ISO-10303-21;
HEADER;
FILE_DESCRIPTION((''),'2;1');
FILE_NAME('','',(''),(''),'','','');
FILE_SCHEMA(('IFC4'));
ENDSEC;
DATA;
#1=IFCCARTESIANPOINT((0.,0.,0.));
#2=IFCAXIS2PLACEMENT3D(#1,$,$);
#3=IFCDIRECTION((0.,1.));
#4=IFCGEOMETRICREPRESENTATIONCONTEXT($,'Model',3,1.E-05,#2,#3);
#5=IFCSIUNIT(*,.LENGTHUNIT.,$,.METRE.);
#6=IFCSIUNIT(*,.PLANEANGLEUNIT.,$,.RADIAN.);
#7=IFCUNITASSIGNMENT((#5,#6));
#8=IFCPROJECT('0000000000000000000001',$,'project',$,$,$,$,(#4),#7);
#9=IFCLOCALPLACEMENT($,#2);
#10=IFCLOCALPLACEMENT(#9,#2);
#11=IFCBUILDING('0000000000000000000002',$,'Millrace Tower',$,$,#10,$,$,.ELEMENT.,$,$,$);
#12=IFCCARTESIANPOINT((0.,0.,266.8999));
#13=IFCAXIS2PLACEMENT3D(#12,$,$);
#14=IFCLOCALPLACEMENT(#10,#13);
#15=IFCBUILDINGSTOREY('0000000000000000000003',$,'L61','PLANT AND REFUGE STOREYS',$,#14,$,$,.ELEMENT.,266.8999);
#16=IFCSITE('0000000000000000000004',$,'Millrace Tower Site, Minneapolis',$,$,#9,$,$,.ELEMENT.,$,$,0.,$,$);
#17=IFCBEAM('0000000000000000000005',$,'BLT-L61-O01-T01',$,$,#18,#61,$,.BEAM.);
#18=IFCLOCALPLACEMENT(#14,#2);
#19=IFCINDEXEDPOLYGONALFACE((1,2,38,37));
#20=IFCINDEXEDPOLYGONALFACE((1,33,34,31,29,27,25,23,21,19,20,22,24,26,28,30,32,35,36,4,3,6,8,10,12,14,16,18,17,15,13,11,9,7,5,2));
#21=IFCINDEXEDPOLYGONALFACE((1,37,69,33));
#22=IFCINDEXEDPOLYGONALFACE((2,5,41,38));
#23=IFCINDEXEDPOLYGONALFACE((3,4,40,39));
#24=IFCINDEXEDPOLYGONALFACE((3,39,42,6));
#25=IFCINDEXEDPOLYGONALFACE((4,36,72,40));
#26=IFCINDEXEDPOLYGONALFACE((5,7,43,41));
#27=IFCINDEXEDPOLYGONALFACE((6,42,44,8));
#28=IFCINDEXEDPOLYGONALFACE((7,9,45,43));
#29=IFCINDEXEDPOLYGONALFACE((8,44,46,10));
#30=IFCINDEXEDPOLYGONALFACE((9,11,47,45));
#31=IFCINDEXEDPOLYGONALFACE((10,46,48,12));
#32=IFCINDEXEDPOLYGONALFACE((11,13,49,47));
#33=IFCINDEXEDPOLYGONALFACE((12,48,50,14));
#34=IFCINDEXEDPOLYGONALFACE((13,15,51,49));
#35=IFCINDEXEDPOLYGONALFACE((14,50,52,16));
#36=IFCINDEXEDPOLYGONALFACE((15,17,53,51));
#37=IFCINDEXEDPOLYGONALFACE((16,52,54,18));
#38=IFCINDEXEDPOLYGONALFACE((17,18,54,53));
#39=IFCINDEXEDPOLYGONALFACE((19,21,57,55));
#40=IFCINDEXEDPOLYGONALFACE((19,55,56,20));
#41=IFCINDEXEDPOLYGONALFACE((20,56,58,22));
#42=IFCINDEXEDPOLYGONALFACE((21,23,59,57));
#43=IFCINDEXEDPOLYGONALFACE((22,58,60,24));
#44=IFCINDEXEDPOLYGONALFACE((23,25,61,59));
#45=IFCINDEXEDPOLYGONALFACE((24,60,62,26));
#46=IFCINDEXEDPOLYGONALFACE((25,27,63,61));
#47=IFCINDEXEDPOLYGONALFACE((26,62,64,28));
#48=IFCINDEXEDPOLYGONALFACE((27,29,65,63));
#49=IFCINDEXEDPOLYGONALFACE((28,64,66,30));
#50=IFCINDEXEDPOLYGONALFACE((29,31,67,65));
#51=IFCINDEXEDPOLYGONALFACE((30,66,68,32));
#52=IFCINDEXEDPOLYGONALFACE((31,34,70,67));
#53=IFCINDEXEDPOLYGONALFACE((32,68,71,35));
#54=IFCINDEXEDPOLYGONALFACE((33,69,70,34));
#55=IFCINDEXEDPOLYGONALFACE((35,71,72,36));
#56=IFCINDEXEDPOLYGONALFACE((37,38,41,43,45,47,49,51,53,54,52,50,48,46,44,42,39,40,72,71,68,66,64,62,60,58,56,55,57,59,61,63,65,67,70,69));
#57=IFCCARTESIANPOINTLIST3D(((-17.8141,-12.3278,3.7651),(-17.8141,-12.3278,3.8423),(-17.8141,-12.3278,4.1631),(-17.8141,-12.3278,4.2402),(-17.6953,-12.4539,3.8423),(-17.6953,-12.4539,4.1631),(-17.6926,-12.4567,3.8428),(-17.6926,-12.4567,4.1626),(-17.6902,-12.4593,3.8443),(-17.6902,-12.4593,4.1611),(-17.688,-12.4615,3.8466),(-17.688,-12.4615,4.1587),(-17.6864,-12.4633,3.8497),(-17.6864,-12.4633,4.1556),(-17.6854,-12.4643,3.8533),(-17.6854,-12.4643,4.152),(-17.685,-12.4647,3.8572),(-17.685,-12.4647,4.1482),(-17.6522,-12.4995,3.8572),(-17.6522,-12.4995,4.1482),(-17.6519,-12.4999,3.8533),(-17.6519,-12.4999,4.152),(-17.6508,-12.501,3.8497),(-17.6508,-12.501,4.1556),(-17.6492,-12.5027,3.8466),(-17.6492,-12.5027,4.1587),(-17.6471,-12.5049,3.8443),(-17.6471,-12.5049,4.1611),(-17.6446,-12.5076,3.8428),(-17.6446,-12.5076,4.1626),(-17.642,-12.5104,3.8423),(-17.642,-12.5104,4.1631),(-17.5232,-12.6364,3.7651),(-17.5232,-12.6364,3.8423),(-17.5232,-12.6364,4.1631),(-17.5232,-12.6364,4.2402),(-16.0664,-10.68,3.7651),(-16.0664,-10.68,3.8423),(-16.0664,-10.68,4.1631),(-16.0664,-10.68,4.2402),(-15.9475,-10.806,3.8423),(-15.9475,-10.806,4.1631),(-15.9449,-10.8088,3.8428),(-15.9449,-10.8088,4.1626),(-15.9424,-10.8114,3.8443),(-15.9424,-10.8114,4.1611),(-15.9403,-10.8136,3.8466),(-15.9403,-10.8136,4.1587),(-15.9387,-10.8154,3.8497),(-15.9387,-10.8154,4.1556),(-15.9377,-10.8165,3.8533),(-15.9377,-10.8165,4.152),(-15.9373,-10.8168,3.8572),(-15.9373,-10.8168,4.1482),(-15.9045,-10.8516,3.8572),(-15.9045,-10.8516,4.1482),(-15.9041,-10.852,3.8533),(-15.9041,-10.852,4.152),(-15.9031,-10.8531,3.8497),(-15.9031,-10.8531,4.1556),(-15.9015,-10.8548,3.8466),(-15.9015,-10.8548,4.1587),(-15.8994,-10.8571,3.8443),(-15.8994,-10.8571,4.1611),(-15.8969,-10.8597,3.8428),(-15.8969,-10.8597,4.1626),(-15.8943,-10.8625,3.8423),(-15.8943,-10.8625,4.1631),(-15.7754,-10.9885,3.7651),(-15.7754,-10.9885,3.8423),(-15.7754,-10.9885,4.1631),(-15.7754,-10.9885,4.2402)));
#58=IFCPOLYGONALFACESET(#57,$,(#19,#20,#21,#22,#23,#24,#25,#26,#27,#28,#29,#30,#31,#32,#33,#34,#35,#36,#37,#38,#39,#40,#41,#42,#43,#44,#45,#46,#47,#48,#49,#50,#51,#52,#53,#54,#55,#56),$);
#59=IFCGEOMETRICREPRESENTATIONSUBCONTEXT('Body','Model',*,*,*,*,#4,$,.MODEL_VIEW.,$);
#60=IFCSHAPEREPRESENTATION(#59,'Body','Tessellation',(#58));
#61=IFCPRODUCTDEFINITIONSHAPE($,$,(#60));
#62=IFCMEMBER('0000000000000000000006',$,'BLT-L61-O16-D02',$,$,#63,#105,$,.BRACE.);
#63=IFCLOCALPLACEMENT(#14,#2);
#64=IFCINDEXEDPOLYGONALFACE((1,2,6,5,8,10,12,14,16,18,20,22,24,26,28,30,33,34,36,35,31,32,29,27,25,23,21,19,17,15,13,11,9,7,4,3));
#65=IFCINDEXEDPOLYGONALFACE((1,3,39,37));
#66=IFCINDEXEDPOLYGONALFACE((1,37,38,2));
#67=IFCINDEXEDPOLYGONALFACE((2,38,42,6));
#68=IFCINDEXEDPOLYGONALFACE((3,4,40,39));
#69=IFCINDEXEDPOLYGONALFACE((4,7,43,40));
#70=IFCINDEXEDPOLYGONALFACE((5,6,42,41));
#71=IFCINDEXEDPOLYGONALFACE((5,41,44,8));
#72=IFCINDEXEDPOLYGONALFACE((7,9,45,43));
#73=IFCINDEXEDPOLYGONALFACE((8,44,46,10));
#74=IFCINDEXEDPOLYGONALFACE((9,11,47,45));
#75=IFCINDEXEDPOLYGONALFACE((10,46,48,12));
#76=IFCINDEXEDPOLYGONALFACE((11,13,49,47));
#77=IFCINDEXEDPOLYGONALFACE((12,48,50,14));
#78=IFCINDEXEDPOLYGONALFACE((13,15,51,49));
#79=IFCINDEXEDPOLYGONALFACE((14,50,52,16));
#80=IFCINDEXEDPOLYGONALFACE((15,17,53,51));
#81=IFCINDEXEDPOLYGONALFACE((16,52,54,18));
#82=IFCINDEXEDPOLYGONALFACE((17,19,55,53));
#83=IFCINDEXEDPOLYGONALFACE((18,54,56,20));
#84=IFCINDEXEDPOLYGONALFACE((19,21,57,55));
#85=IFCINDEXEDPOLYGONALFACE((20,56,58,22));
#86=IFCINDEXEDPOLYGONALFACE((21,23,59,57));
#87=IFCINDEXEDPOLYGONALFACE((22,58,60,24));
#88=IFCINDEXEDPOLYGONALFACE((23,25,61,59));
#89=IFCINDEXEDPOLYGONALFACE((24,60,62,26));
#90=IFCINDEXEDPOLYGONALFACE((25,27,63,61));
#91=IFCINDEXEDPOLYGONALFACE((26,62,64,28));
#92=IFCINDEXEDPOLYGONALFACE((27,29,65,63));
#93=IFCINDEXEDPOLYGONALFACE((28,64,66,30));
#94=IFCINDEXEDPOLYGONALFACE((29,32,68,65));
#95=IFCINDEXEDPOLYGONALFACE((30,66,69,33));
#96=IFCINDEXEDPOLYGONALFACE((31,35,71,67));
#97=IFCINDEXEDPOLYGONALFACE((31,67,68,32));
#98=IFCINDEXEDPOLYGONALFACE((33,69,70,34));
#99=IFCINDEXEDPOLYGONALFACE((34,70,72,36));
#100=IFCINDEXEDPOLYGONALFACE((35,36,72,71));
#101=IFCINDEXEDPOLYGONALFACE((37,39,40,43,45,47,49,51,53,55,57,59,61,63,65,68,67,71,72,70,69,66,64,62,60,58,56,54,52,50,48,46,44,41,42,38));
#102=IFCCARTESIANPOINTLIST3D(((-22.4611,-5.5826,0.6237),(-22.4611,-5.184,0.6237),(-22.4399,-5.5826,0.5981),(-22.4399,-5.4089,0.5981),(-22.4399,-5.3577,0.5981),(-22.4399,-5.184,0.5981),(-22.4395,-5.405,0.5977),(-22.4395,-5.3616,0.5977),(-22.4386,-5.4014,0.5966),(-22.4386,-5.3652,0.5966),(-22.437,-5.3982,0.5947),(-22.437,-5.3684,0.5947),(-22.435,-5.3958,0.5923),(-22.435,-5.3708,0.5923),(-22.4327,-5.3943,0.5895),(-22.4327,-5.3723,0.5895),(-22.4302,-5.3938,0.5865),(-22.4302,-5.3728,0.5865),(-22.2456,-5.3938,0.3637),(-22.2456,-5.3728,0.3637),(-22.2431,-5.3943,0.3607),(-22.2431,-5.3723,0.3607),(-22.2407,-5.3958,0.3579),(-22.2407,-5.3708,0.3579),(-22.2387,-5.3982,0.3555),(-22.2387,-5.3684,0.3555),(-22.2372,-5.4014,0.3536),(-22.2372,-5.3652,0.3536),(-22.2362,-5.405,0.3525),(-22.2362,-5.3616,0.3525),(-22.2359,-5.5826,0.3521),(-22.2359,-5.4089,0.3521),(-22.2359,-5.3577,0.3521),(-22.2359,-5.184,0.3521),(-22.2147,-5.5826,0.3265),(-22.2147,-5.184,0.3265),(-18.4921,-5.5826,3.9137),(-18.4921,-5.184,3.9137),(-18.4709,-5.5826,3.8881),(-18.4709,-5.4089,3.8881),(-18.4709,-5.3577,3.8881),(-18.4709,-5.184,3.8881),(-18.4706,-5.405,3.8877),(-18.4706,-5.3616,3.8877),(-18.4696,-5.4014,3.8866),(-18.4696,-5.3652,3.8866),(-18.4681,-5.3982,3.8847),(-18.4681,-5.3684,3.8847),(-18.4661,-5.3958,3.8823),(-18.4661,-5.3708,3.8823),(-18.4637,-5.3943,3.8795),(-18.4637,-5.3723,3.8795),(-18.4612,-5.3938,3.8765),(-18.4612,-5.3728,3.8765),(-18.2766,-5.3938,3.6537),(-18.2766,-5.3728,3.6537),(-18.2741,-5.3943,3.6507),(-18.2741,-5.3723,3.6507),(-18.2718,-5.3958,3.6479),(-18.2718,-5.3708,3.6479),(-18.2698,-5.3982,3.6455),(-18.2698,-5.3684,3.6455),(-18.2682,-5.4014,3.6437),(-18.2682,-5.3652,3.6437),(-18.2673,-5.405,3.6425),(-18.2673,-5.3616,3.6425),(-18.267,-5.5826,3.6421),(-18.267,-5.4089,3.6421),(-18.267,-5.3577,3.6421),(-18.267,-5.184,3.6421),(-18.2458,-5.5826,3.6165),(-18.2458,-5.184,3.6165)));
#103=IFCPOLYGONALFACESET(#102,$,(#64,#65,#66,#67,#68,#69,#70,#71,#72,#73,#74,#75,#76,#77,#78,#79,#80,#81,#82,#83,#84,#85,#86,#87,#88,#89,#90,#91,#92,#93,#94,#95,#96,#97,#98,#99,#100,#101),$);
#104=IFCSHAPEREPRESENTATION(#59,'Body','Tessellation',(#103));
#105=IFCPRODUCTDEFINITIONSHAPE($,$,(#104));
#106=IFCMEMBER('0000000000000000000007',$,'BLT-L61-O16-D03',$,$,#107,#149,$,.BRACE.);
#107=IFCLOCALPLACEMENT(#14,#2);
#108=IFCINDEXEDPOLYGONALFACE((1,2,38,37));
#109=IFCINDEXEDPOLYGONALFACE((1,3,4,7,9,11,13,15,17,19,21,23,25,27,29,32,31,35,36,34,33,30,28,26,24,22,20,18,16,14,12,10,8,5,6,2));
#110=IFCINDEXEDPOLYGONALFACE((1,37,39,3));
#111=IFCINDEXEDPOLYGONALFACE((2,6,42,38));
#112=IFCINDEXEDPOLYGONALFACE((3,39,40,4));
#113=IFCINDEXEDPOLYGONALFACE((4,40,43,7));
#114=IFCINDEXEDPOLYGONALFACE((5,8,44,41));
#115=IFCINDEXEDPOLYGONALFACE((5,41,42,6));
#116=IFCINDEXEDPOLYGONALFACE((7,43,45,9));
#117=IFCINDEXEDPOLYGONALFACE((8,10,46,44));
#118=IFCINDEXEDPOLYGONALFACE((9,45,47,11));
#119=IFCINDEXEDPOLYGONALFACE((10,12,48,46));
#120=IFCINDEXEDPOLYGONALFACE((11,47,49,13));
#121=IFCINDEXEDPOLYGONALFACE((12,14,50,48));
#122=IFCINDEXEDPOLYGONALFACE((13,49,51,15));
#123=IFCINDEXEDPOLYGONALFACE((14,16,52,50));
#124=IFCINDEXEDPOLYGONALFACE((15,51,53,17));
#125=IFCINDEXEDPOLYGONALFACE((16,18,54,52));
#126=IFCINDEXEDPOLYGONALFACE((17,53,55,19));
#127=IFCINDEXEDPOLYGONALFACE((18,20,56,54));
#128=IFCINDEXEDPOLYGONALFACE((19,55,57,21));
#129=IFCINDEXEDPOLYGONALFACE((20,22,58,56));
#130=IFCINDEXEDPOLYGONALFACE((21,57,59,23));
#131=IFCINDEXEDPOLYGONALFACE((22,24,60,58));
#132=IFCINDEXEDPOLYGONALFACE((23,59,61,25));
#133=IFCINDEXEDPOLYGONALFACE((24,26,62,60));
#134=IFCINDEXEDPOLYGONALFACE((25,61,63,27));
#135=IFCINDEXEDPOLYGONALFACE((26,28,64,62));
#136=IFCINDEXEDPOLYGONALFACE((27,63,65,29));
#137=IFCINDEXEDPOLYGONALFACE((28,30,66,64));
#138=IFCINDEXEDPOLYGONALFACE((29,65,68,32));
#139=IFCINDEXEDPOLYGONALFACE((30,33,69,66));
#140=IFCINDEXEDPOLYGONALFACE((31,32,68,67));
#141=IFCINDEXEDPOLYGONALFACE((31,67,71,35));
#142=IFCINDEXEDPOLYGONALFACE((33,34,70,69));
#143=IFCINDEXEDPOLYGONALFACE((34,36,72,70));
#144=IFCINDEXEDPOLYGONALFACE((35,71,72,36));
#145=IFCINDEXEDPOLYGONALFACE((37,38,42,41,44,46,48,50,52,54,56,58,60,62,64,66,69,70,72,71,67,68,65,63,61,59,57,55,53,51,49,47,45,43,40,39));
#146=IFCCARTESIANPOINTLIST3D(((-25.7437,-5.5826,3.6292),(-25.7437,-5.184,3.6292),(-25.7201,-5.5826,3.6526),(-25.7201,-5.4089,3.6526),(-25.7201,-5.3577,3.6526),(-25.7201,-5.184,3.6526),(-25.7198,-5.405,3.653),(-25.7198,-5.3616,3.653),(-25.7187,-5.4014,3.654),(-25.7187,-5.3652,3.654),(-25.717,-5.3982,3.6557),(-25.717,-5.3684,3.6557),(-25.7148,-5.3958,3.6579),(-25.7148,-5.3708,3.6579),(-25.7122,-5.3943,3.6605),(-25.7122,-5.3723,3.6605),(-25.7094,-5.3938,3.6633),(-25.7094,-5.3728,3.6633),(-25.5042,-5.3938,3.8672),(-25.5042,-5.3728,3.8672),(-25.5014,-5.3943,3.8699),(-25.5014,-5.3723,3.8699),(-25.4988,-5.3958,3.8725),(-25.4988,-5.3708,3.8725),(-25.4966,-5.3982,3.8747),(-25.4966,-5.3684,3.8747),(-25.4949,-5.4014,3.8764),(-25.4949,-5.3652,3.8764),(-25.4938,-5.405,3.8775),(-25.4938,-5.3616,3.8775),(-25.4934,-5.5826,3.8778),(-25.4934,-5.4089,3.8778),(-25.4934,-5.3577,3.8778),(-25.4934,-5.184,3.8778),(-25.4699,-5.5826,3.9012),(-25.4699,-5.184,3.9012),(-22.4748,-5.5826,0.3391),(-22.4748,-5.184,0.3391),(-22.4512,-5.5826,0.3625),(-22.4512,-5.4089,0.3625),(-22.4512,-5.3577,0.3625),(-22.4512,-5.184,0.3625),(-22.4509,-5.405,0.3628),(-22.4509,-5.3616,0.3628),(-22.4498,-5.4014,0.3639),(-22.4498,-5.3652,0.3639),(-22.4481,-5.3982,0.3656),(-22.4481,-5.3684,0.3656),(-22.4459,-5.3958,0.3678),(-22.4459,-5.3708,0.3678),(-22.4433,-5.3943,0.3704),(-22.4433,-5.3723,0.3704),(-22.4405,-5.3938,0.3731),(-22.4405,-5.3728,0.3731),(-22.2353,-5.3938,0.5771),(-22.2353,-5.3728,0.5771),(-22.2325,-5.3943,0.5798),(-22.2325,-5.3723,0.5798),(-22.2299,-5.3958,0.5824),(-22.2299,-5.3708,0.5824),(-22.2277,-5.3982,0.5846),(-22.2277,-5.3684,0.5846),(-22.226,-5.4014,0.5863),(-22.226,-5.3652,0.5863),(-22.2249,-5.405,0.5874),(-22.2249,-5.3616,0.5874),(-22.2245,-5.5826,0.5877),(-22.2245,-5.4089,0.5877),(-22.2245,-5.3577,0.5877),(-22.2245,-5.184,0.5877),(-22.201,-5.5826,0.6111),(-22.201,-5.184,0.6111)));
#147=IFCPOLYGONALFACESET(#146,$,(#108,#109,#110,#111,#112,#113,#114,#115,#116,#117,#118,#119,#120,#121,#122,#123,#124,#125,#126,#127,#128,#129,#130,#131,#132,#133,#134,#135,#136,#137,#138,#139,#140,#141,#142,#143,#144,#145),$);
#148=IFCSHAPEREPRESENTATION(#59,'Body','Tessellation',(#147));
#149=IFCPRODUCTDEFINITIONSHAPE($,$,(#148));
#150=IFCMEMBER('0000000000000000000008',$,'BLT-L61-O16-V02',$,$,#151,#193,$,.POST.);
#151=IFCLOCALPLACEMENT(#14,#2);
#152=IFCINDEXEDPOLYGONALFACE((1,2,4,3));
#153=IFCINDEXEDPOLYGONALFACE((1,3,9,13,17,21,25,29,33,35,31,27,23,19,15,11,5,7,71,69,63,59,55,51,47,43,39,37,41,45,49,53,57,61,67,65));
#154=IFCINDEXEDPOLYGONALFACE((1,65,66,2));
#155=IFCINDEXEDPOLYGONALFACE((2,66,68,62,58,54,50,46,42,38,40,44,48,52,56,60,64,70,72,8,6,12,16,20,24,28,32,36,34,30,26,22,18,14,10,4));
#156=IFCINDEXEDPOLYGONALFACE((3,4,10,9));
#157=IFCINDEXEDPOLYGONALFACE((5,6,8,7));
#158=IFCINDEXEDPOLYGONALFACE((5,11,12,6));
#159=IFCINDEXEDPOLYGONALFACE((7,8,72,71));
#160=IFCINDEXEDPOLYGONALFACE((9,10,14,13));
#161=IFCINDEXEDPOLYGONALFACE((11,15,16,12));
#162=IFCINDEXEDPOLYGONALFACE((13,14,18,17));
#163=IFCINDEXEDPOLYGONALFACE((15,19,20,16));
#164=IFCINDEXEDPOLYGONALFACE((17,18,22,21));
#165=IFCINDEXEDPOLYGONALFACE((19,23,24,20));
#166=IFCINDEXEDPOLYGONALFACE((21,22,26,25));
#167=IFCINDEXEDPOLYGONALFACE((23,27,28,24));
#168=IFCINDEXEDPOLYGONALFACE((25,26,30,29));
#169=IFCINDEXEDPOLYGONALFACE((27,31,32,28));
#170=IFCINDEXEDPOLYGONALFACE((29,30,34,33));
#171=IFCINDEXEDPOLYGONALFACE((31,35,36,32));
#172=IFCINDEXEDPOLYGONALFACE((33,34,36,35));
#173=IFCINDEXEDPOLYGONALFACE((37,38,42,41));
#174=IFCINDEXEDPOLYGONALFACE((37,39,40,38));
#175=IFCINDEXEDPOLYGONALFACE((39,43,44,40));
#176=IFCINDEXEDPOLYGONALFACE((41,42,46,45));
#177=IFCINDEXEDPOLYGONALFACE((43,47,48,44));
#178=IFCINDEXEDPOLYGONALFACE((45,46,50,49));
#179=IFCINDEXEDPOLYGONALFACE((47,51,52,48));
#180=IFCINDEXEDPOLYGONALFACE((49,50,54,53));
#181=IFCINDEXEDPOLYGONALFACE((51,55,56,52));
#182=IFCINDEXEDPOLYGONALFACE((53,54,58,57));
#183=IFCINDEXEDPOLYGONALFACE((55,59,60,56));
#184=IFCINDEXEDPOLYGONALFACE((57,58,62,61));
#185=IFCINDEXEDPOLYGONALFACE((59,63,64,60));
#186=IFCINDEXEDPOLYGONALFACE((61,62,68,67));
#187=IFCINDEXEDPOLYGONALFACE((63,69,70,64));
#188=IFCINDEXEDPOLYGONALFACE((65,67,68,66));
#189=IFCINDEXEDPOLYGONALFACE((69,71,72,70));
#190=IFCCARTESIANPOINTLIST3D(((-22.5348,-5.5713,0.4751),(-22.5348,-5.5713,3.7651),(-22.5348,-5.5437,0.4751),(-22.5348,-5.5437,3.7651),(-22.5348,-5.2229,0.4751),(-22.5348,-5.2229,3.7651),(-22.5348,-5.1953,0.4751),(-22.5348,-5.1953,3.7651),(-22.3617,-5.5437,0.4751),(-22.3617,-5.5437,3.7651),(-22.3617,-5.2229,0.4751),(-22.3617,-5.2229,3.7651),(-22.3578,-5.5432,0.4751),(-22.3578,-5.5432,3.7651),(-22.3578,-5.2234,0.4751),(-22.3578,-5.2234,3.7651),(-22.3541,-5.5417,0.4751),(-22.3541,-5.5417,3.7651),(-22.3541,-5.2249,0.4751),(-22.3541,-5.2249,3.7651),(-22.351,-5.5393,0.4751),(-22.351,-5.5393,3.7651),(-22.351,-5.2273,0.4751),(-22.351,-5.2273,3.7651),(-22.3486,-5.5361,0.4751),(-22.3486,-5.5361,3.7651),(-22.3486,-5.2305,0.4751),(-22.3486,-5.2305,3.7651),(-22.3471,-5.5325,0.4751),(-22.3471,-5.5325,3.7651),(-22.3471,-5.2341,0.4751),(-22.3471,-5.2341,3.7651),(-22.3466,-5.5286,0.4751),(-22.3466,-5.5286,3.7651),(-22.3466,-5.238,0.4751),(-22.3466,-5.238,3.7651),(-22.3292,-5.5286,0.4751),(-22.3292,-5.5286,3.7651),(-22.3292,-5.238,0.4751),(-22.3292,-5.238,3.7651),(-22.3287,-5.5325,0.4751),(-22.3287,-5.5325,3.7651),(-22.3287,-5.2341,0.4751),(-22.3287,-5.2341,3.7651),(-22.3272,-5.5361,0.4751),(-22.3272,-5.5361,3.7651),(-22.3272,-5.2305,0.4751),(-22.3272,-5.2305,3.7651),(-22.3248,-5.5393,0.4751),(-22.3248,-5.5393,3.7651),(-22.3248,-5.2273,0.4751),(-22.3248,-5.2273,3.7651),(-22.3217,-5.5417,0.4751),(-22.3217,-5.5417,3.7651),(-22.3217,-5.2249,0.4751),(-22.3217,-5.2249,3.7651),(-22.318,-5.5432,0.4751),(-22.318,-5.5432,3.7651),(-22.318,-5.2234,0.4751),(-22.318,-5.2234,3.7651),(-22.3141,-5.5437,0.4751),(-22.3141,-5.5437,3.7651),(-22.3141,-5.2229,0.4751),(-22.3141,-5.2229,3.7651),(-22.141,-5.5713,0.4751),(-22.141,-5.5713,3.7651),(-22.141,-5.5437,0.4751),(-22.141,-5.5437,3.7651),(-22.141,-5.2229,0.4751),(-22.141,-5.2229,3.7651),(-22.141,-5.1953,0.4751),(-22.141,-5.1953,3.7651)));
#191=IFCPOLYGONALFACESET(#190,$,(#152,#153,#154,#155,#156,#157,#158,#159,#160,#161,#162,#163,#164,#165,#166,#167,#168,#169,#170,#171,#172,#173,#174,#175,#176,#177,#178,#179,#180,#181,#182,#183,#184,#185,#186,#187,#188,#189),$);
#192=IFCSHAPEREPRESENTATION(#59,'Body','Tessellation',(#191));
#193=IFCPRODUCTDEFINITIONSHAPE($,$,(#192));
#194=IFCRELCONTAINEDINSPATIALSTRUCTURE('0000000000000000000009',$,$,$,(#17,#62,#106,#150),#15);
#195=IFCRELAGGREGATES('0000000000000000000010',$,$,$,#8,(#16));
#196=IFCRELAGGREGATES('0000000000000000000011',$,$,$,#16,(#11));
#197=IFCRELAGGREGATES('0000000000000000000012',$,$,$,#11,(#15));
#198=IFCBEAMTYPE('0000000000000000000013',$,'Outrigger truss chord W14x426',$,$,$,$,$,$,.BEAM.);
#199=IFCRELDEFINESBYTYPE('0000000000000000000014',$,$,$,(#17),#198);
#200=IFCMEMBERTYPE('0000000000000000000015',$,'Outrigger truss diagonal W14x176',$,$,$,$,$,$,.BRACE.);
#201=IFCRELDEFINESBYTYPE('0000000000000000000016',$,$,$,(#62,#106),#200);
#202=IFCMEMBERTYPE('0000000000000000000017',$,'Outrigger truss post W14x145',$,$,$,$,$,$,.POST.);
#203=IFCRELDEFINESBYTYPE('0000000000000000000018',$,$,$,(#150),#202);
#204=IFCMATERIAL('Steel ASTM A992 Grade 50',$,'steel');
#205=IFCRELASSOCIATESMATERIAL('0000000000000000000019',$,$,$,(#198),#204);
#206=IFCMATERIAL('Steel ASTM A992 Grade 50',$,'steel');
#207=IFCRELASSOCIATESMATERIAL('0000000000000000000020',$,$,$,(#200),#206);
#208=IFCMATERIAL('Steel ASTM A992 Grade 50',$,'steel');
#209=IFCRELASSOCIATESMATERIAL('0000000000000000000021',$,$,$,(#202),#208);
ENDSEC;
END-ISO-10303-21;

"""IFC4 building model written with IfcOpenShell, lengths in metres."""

from ifc_helpers import new_model, si_unit, direction, frame, origin, origin_2d, place, context, subcontext, project, spatial, i_section, extrude, material, material_profile, profile_set, type_object, element, save


model = new_model("IFC4")

# Units and contexts
model_context = context("Model", 3, precision=1e-05, world=origin(), true_north=direction((0.0, 1.0)))
body_context = subcontext(model_context, "Body", "Model", "MODEL_VIEW")
ifc_project = project(units=[si_unit("LENGTHUNIT", "METRE"), si_unit("PLANEANGLEUNIT", "RADIAN")], contexts=[model_context])

# Site, building, storey
site_placement = place(None, origin())
site = spatial("IfcSite", under=ifc_project, at=site_placement, Name="Millrace Tower Site, Minneapolis", CompositionType="ELEMENT", RefElevation=0.0)
building_placement = place(site_placement, origin())
building = spatial("IfcBuilding", under=site, at=building_placement, Name="Millrace Tower", CompositionType="ELEMENT")
storey_placement = place(building_placement, frame((0.0, 0.0, 266.8999)))
storey = spatial("IfcBuildingStorey", under=building, at=storey_placement, Name="L61", Description="PLANT AND REFUGE STOREYS", CompositionType="ELEMENT", Elevation=266.8999)

# Beam
ifc_material_1 = material(Name="Steel ASTM A992 Grade 50", Category="steel")
ifc_material_profile_1 = material_profile(ifc_material_1, i_section(OverallWidth=0.4241, OverallDepth=0.4751, WebThickness=0.0479, FlangeThickness=0.0771, FilletRadius=0.0149, at=origin_2d()))
ifc_profile_set_1 = profile_set([ifc_material_profile_1], Name="Steel ASTM A992 Grade 50")
beam_type_1 = type_object("IfcBeamType", Name="Outrigger truss chord W14x426", PredefinedType="BEAM", material=ifc_profile_set_1)
beam_1_placement = place(storey_placement, frame((-15.9209, -10.8342, 4.0027), z_axis=(-0.727585, -0.686017, 0.0), x_axis=(0.686017, -0.727585, 0.0)))
element("IfcBeam", 1, at=beam_1_placement, inside=storey, type_object=beam_type_1, Name="BLT-L61-O01-T01", PredefinedType="BEAM", context=body_context, shape_type="SweptSolid", body=[
    extrude(i_section(OverallWidth=0.4241, OverallDepth=0.4751, WebThickness=0.0479, FlangeThickness=0.0771, FilletRadius=0.0149, at=origin_2d()), origin(), (0.0, 0.0, 1.0), 2.4021),
])

# Members
ifc_material_2 = material(Name="Steel ASTM A992 Grade 50", Category="steel")
ifc_material_profile_2 = material_profile(ifc_material_2, i_section(OverallWidth=0.3987, OverallDepth=0.386, WebThickness=0.021, FlangeThickness=0.0332, FilletRadius=0.0151, at=origin_2d()))
ifc_profile_set_2 = profile_set([ifc_material_profile_2], Name="Steel ASTM A992 Grade 50")
member_type_1 = type_object("IfcMemberType", Name="Outrigger truss diagonal W14x176", PredefinedType="BRACE", material=ifc_profile_set_2)
member_1_placement = place(storey_placement, frame((-22.3379, -5.3833, 0.4751), z_axis=(0.769884, 0.0, 0.638184), x_axis=(0.0, 1.0, 0.0)))
element("IfcMember", 2, at=member_1_placement, inside=storey, type_object=member_type_1, Name="BLT-L61-O16-D02", PredefinedType="BRACE", context=body_context, shape_type="SweptSolid", body=[
    extrude(i_section(OverallWidth=0.3987, OverallDepth=0.386, WebThickness=0.021, FlangeThickness=0.0332, FilletRadius=0.0151, at=origin_2d()), origin(), (0.0, 0.0, 1.0), 5.1553),
])
member_2_placement = place(storey_placement, frame((-22.3379, -5.3833, 0.4751), z_axis=(-0.704813, 0.0, 0.709393), x_axis=(0.0, -1.0, 0.0)))
element("IfcMember", 3, at=member_2_placement, inside=storey, type_object=member_type_1, Name="BLT-L61-O16-D03", PredefinedType="BRACE", context=body_context, shape_type="SweptSolid", body=[
    extrude(i_section(OverallWidth=0.3987, OverallDepth=0.386, WebThickness=0.021, FlangeThickness=0.0332, FilletRadius=0.0151, at=origin_2d()), origin(), (0.0, 0.0, 1.0), 4.6379),
])
ifc_material_3 = material(Name="Steel ASTM A992 Grade 50", Category="steel")
ifc_material_profile_3 = material_profile(ifc_material_3, i_section(OverallWidth=0.3938, OverallDepth=0.376, WebThickness=0.0173, FlangeThickness=0.0276, FilletRadius=0.0151, at=origin_2d()))
ifc_profile_set_3 = profile_set([ifc_material_profile_3], Name="Steel ASTM A992 Grade 50")
member_type_2 = type_object("IfcMemberType", Name="Outrigger truss post W14x145", PredefinedType="POST", material=ifc_profile_set_3)
member_3_placement = place(storey_placement, frame((-22.3379, -5.3833, 0.4751), z_axis=(0.0, 0.0, 1.0), x_axis=(1.0, 0.0, 0.0)))
element("IfcMember", 4, at=member_3_placement, inside=storey, type_object=member_type_2, Name="BLT-L61-O16-V02", PredefinedType="POST", context=body_context, shape_type="SweptSolid", body=[
    extrude(i_section(OverallWidth=0.3938, OverallDepth=0.376, WebThickness=0.0173, FlangeThickness=0.0276, FilletRadius=0.0151, at=origin_2d()), origin(), (0.0, 0.0, 1.0), 3.29),
])

save(model, "model.ifc")
